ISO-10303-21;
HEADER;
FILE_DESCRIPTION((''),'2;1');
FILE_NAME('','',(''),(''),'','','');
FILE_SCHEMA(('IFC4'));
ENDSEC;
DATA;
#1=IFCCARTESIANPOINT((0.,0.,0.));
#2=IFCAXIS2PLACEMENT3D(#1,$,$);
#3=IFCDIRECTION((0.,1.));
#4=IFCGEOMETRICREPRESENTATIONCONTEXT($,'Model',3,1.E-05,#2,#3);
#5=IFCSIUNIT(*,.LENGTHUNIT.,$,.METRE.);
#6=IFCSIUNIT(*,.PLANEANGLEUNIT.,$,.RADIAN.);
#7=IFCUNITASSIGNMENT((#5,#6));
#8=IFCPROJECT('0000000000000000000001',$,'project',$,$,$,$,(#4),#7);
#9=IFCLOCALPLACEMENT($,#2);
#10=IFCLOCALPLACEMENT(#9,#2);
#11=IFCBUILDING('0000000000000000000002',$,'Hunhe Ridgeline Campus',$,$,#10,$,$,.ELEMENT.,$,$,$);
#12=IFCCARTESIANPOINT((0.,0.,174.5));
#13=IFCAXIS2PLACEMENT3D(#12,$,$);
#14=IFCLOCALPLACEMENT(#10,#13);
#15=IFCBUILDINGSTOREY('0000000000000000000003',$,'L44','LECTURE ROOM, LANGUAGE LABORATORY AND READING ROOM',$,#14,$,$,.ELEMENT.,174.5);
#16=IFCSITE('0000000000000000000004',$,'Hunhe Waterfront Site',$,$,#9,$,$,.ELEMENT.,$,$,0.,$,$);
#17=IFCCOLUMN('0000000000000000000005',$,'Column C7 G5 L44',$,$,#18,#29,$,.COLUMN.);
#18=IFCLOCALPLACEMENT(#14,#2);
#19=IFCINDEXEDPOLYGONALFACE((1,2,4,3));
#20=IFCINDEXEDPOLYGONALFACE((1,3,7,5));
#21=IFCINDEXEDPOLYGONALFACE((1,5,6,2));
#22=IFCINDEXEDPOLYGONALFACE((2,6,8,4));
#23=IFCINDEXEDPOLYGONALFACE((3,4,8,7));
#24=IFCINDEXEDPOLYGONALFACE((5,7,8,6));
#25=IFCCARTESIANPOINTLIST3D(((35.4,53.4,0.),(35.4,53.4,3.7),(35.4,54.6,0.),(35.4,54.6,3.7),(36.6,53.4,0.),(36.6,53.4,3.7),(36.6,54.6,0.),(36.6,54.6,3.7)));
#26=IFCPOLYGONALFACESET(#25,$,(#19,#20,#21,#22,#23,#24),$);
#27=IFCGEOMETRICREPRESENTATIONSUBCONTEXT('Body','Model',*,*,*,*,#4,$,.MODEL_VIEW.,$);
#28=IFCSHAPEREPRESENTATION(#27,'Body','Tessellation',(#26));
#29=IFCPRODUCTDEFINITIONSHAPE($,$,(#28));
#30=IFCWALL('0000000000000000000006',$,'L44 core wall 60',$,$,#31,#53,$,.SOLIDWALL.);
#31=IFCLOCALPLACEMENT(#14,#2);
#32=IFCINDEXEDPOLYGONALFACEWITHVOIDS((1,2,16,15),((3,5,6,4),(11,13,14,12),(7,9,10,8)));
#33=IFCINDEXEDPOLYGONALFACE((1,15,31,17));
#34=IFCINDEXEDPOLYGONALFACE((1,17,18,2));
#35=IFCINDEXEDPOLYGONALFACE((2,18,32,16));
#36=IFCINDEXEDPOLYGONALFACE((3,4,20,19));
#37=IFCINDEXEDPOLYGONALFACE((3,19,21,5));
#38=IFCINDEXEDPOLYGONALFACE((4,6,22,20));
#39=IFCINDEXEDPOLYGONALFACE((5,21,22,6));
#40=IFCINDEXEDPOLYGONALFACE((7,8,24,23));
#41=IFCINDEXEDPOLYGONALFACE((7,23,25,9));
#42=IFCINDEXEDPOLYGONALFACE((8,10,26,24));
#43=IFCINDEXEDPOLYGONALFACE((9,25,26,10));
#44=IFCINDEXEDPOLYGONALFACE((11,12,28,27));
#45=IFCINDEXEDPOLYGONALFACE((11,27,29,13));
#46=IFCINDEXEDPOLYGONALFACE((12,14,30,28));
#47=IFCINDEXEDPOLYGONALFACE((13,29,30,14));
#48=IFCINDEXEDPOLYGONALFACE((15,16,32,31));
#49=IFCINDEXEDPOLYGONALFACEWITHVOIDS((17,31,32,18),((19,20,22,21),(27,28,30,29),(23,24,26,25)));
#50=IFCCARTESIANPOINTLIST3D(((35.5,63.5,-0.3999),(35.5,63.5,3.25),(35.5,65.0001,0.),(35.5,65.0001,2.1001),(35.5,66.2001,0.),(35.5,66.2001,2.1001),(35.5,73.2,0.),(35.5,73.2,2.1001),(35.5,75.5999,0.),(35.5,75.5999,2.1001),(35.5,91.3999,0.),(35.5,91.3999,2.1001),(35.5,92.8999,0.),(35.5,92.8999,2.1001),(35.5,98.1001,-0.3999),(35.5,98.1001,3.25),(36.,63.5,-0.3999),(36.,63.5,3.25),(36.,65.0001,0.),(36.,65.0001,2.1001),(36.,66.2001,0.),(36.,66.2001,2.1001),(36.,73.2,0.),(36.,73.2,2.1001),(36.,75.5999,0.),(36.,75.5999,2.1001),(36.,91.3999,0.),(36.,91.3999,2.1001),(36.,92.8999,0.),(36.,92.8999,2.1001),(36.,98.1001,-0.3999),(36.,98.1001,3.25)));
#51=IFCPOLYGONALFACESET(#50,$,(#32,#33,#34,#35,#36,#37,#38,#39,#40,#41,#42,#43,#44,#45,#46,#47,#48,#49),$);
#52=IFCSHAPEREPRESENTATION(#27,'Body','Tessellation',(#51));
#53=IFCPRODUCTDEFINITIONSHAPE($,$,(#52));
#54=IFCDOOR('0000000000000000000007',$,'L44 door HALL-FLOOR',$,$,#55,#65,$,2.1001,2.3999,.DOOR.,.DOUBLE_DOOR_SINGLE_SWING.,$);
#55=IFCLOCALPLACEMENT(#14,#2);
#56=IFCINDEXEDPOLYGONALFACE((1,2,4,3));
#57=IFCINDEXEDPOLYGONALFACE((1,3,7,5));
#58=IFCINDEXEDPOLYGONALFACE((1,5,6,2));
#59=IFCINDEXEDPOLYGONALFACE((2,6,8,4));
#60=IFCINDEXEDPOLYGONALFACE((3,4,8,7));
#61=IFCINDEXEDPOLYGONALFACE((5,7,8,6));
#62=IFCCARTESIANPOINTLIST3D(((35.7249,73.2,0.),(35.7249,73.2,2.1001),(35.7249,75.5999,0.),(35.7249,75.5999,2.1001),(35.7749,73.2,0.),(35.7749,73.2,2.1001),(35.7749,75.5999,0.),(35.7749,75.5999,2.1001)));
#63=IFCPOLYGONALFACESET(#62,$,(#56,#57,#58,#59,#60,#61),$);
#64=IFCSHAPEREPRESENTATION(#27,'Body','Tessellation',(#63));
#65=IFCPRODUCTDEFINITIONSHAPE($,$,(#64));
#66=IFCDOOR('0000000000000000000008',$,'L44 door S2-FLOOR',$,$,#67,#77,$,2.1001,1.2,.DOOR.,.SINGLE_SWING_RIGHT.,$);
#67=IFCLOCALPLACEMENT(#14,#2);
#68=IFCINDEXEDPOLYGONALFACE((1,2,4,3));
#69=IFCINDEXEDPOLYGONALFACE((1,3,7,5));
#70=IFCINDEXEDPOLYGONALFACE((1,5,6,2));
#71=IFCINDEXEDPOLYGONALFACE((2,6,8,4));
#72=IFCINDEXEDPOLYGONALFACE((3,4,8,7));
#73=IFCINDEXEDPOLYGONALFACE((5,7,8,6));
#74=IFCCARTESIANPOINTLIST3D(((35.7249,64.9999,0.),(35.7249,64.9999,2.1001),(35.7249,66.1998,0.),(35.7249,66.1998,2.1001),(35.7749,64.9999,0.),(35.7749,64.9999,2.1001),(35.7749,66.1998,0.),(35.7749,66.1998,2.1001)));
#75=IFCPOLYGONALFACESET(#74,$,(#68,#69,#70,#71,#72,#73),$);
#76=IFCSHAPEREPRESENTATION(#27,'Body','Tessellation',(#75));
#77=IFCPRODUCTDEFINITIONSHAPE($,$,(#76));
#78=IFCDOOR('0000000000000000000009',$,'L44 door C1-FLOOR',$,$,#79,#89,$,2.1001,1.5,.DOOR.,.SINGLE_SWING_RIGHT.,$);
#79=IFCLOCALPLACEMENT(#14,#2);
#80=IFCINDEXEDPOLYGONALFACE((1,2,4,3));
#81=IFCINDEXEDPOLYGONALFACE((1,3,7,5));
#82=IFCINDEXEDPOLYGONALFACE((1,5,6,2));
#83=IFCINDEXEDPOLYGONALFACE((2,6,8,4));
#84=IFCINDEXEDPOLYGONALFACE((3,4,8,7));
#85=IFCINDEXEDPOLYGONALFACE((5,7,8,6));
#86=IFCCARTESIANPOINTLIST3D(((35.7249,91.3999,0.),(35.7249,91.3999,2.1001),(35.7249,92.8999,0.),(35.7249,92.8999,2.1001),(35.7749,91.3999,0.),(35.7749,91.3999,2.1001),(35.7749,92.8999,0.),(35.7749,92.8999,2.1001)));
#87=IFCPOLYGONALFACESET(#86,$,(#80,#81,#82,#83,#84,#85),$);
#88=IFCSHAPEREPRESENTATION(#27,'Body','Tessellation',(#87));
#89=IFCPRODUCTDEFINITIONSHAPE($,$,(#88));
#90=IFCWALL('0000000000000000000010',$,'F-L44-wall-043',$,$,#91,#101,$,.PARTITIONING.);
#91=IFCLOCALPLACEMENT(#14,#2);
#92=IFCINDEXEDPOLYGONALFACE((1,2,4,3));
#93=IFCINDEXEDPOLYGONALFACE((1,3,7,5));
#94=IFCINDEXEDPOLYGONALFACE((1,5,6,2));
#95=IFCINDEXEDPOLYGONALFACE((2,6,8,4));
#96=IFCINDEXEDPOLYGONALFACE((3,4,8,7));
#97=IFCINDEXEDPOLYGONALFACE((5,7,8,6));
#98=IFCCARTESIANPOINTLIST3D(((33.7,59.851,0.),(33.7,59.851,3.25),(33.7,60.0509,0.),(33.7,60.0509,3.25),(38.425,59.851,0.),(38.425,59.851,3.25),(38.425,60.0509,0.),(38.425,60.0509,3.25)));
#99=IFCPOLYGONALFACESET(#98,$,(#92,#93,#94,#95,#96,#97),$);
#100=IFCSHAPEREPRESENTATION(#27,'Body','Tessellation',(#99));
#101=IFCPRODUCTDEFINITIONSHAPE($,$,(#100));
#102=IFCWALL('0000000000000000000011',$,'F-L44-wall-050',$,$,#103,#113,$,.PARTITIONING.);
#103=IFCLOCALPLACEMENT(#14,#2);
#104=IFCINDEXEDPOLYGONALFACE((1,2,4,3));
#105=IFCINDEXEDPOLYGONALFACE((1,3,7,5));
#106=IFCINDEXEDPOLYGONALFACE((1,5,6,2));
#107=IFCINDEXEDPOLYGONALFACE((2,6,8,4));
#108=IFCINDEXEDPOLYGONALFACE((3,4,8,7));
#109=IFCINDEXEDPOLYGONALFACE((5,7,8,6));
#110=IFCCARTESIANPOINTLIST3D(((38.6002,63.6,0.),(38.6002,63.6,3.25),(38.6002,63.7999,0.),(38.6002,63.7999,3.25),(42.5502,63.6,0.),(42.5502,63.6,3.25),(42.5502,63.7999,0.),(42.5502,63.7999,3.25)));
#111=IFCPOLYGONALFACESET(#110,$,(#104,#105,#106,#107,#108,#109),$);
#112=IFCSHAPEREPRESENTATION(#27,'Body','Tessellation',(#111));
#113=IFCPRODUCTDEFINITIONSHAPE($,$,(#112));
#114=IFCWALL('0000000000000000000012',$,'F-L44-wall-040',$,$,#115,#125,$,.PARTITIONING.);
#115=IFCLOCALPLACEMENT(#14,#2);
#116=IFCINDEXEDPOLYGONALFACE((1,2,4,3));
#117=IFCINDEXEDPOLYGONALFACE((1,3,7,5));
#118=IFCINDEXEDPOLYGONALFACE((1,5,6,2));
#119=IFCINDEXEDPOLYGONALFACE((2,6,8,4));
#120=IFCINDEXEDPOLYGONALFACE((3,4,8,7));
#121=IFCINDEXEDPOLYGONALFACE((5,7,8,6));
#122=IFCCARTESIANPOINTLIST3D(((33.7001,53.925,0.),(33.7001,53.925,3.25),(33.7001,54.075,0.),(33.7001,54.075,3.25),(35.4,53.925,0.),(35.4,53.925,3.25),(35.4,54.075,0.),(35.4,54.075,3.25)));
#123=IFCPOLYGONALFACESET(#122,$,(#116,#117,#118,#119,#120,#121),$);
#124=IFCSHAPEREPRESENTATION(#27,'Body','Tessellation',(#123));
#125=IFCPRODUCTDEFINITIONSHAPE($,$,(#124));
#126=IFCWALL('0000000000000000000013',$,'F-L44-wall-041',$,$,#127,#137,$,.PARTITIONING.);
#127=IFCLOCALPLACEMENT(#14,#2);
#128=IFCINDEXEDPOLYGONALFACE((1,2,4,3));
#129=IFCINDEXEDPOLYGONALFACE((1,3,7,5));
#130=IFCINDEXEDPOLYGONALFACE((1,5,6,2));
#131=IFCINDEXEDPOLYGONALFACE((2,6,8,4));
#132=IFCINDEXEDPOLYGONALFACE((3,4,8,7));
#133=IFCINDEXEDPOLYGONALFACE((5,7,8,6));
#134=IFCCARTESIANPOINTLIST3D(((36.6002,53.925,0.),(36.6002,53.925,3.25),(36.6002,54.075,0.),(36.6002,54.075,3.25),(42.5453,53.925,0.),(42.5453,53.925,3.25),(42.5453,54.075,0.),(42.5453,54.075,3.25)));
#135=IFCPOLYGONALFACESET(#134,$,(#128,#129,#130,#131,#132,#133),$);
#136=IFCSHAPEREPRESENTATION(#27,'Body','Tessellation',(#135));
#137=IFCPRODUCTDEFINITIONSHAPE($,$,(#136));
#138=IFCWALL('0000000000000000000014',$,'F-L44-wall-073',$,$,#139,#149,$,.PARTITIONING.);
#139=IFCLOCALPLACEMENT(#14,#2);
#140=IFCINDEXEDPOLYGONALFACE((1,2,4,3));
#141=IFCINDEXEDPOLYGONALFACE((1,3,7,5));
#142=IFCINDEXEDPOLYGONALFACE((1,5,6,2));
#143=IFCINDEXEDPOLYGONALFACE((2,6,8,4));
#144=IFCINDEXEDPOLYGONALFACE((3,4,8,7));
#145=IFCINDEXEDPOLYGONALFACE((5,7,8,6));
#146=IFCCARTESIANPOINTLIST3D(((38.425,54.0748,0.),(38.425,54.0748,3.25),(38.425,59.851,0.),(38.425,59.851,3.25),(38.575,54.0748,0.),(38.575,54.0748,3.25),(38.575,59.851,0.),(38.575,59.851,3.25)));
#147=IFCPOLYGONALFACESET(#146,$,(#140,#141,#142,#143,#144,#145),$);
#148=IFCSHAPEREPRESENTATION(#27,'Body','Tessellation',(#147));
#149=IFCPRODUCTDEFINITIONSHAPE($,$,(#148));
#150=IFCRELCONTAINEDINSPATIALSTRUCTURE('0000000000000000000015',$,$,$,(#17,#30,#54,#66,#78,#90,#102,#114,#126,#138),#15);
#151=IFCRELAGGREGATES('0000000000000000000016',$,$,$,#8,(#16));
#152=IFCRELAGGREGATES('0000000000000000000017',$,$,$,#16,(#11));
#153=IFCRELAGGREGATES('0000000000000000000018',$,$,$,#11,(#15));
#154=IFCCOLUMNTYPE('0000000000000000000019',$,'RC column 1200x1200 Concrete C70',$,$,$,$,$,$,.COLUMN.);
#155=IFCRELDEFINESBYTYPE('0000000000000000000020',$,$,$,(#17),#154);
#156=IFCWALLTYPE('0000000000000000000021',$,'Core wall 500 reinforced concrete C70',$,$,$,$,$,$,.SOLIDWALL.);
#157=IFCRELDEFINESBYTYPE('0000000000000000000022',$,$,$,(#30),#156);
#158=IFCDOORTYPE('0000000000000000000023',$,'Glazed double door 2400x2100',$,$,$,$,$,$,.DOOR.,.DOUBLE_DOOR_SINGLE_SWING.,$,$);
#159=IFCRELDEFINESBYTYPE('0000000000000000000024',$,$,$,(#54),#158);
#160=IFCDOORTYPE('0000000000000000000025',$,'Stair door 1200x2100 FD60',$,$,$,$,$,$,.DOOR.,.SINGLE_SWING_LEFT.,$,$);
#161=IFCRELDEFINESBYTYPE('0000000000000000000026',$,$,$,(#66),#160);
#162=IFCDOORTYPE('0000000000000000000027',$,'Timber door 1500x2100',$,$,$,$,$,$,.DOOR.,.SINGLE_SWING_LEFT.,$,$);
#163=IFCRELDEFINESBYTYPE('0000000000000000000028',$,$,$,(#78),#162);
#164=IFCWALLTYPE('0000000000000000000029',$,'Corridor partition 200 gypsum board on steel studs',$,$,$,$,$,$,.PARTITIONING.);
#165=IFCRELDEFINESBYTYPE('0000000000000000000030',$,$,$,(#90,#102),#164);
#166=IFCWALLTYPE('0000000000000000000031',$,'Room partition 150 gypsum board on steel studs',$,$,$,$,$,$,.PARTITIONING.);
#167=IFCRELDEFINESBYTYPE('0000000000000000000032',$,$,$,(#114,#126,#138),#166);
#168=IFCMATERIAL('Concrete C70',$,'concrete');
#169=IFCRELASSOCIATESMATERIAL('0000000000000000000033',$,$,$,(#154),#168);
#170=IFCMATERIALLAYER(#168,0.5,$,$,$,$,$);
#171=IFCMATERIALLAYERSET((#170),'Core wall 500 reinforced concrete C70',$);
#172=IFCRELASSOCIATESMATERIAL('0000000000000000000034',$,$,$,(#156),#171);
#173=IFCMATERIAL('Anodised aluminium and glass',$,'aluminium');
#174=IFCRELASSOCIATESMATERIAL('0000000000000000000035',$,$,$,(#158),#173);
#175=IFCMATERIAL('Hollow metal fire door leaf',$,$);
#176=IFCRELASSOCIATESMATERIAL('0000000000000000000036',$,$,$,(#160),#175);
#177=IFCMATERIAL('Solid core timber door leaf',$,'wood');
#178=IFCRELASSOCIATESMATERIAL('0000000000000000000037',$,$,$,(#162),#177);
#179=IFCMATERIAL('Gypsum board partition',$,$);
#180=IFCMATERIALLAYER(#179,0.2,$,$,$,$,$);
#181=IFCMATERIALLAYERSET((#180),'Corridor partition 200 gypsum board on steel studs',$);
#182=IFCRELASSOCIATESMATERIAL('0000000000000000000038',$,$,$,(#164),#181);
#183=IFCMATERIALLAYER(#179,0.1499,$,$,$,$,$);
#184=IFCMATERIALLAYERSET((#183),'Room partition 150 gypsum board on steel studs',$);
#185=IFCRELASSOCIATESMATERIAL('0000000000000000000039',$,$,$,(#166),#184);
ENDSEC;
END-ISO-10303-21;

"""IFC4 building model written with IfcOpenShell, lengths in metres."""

from ifc_helpers import new_model, si_unit, direction, frame, frame_2d, origin, origin_2d, place, context, subcontext, project, spatial, rectangle, extrude, material, layer, layer_set, material_profile, profile_set, type_object, element, fill, save


model = new_model("IFC4")

# Units and contexts
model_context = context("Model", 3, precision=1e-05, world=origin(), true_north=direction((0.0, 1.0)))
body_context = subcontext(model_context, "Body", "Model", "MODEL_VIEW")
ifc_project = project(units=[si_unit("LENGTHUNIT", "METRE"), si_unit("PLANEANGLEUNIT", "RADIAN")], contexts=[model_context])

# Site, building, storey
site_placement = place(None, origin())
site = spatial("IfcSite", under=ifc_project, at=site_placement, Name="Hunhe Waterfront Site", CompositionType="ELEMENT", RefElevation=0.0)
building_placement = place(site_placement, origin())
building = spatial("IfcBuilding", under=site, at=building_placement, Name="Hunhe Ridgeline Campus", CompositionType="ELEMENT")
storey_placement = place(building_placement, frame((0.0, 0.0, 174.5)))
storey = spatial("IfcBuildingStorey", under=building, at=storey_placement, Name="L44", Description="LECTURE ROOM, LANGUAGE LABORATORY AND READING ROOM", CompositionType="ELEMENT", Elevation=174.5)

# Column
ifc_material_1 = material(Name="Concrete C70", Category="concrete")
ifc_material_profile = material_profile(ifc_material_1, rectangle(XDim=1.2, YDim=1.2, at=origin_2d()))
ifc_profile_set = profile_set([ifc_material_profile], Name="Concrete C70")
column_type = type_object("IfcColumnType", Name="RC column 1200x1200 Concrete C70", PredefinedType="COLUMN", material=ifc_profile_set)
column_placement = place(storey_placement, frame((36.0, 54.0, 0.0), z_axis=(0.0, 0.0, 1.0), x_axis=(1.0, 0.0, 0.0)))
element("IfcColumn", 1, at=column_placement, inside=storey, type_object=column_type, Name="Column C7 G5 L44", PredefinedType="COLUMN", context=body_context, shape_type="SweptSolid", body=[
    extrude(rectangle(XDim=1.2, YDim=1.2, at=origin_2d()), origin(), (0.0, 0.0, 1.0), 3.7),
])

# Wall, openings, doors
ifc_layer_1 = layer(ifc_material_1, 0.5)
ifc_layer_set_1 = layer_set([ifc_layer_1], Name="Core wall 500 reinforced concrete C70")
wall_type_1 = type_object("IfcWallType", Name="Core wall 500 reinforced concrete C70", PredefinedType="SOLIDWALL", material=ifc_layer_set_1)
wall_1_placement = place(storey_placement, frame((35.75, 63.5, -0.3999), z_axis=(0.0, 0.0, 1.0), x_axis=(0.0, 1.0, 0.0)))
wall_1 = element("IfcWall", 2, at=wall_1_placement, inside=storey, type_object=wall_type_1, Name="L44 core wall 60", PredefinedType="SOLIDWALL", context=body_context, shape_type="SweptSolid", body=[
    extrude(rectangle(XDim=34.6001, YDim=0.5, at=frame_2d((17.3, 0.0))), origin(), (0.0, 0.0, 1.0), 3.6499),
])
opening_1_placement = place(wall_1_placement, frame((9.7, 0.0, 0.3999)))
opening_1 = element("IfcOpeningElement", 3, at=opening_1_placement, cuts=wall_1, PredefinedType="OPENING", context=body_context, shape_type="SweptSolid", body=[
    extrude(rectangle(XDim=2.3999, YDim=2.1001, at=frame_2d((1.2, 1.05))), frame((0.0, 0.25, 0.0), z_axis=(0.0, -1.0, 0.0), x_axis=(1.0, 0.0, 0.0)), (0.0, 0.0, 1.0), 0.5),
])
opening_2_placement = place(wall_1_placement, frame((27.8999, 0.0, 0.3999)))
opening_2 = element("IfcOpeningElement", 4, at=opening_2_placement, cuts=wall_1, PredefinedType="OPENING", context=body_context, shape_type="SweptSolid", body=[
    extrude(rectangle(XDim=1.5, YDim=2.1001, at=frame_2d((0.75, 1.05))), frame((0.0, 0.25, 0.0), z_axis=(0.0, -1.0, 0.0), x_axis=(1.0, 0.0, 0.0)), (0.0, 0.0, 1.0), 0.5),
])
opening_3_placement = place(wall_1_placement, frame((1.5, 0.0, 0.3999)))
opening_3 = element("IfcOpeningElement", 5, at=opening_3_placement, cuts=wall_1, PredefinedType="OPENING", context=body_context, shape_type="SweptSolid", body=[
    extrude(rectangle(XDim=1.2, YDim=2.1001, at=frame_2d((0.6001, 1.05))), frame((0.0, 0.25, 0.0), z_axis=(0.0, -1.0, 0.0), x_axis=(1.0, 0.0, 0.0)), (0.0, 0.0, 1.0), 0.5),
])
ifc_material_2 = material(Name="Anodised aluminium and glass", Category="aluminium")
door_type_1 = type_object("IfcDoorType", Name="Glazed double door 2400x2100", OperationType="DOUBLE_DOOR_SINGLE_SWING", PredefinedType="DOOR", material=ifc_material_2)
door_1_placement = place(opening_1_placement, frame((2.3999, 0.0, 0.0), z_axis=(0.0, 0.0, 1.0), x_axis=(-1.0, 0.0, 0.0)))
door_1 = element("IfcDoor", 6, at=door_1_placement, inside=storey, type_object=door_type_1, Name="L44 door HALL-FLOOR", OperationType="DOUBLE_DOOR_SINGLE_SWING", OverallHeight=2.1001, OverallWidth=2.3999, PredefinedType="DOOR", context=body_context, shape_type="SweptSolid", body=[
    extrude(rectangle(XDim=2.3999, YDim=2.1001, at=frame_2d((1.2, 1.05))), frame((0.0, 0.0249, 0.0), z_axis=(0.0, -1.0, 0.0), x_axis=(1.0, 0.0, 0.0)), (0.0, 0.0, 1.0), 0.05),
])
fill(opening_1, door_1)
ifc_material_3 = material(Name="Hollow metal fire door leaf")
door_type_2 = type_object("IfcDoorType", Name="Stair door 1200x2100 FD60", OperationType="SINGLE_SWING_LEFT", PredefinedType="DOOR", material=ifc_material_3)
door_2_placement = place(opening_3_placement, frame((1.2, 0.0, 0.0), z_axis=(0.0, 0.0, 1.0), x_axis=(-1.0, 0.0, 0.0)))
door_2 = element("IfcDoor", 7, at=door_2_placement, inside=storey, type_object=door_type_2, Name="L44 door S2-FLOOR", OperationType="SINGLE_SWING_RIGHT", OverallHeight=2.1001, OverallWidth=1.2, PredefinedType="DOOR", context=body_context, shape_type="SweptSolid", body=[
    extrude(rectangle(XDim=1.2, YDim=2.1001, at=frame_2d((0.6001, 1.05))), frame((0.0, 0.0249, 0.0), z_axis=(0.0, -1.0, 0.0), x_axis=(1.0, 0.0, 0.0)), (0.0, 0.0, 1.0), 0.05),
])
fill(opening_3, door_2)
ifc_material_4 = material(Name="Solid core timber door leaf", Category="wood")
door_type_3 = type_object("IfcDoorType", Name="Timber door 1500x2100", OperationType="SINGLE_SWING_LEFT", PredefinedType="DOOR", material=ifc_material_4)
door_3_placement = place(opening_2_placement, frame((1.5, 0.0, 0.0), z_axis=(0.0, 0.0, 1.0), x_axis=(-1.0, 0.0, 0.0)))
door_3 = element("IfcDoor", 8, at=door_3_placement, inside=storey, type_object=door_type_3, Name="L44 door C1-FLOOR", OperationType="SINGLE_SWING_RIGHT", OverallHeight=2.1001, OverallWidth=1.5, PredefinedType="DOOR", context=body_context, shape_type="SweptSolid", body=[
    extrude(rectangle(XDim=1.5, YDim=2.1001, at=frame_2d((0.75, 1.05))), frame((0.0, 0.0249, 0.0), z_axis=(0.0, -1.0, 0.0), x_axis=(1.0, 0.0, 0.0)), (0.0, 0.0, 1.0), 0.05),
])
fill(opening_2, door_3)

# Wall
ifc_material_5 = material(Name="Gypsum board partition")
ifc_layer_2 = layer(ifc_material_5, 0.2)
ifc_layer_set_2 = layer_set([ifc_layer_2], Name="Corridor partition 200 gypsum board on steel studs")
wall_type_2 = type_object("IfcWallType", Name="Corridor partition 200 gypsum board on steel studs", PredefinedType="PARTITIONING", material=ifc_layer_set_2)
wall_2_placement = place(storey_placement, frame((38.425, 59.9509, 0.0), z_axis=(0.0, 0.0, 1.0), x_axis=(-1.0, 0.0, 0.0)))
element("IfcWall", 9, at=wall_2_placement, inside=storey, type_object=wall_type_2, Name="F-L44-wall-043", PredefinedType="PARTITIONING", context=body_context, shape_type="SweptSolid", body=[
    extrude(rectangle(XDim=4.7251, YDim=0.2, at=frame_2d((2.3625, 0.0))), origin(), (0.0, 0.0, 1.0), 3.25),
])

# Wall
wall_3_placement = place(storey_placement, frame((38.6001, 63.7, 0.0), z_axis=(0.0, 0.0, 1.0), x_axis=(1.0, 0.0, 0.0)))
element("IfcWall", 10, at=wall_3_placement, inside=storey, type_object=wall_type_2, Name="F-L44-wall-050", PredefinedType="PARTITIONING", context=body_context, shape_type="SweptSolid", body=[
    extrude(rectangle(XDim=3.95, YDim=0.2, at=frame_2d((1.9751, 0.0))), origin(), (0.0, 0.0, 1.0), 3.25),
])

# Walls
ifc_layer_3 = layer(ifc_material_5, 0.1499)
ifc_layer_set_3 = layer_set([ifc_layer_3], Name="Room partition 150 gypsum board on steel studs")
wall_type_3 = type_object("IfcWallType", Name="Room partition 150 gypsum board on steel studs", PredefinedType="PARTITIONING", material=ifc_layer_set_3)
wall_4_placement = place(storey_placement, frame((33.7, 54.0, 0.0), z_axis=(0.0, 0.0, 1.0), x_axis=(1.0, 0.0, 0.0)))
element("IfcWall", 11, at=wall_4_placement, inside=storey, type_object=wall_type_3, Name="F-L44-wall-040", PredefinedType="PARTITIONING", context=body_context, shape_type="SweptSolid", body=[
    extrude(rectangle(XDim=1.7, YDim=0.1499, at=frame_2d((0.8501, 0.0))), origin(), (0.0, 0.0, 1.0), 3.25),
])
wall_5_placement = place(storey_placement, frame((36.6001, 54.0, 0.0), z_axis=(0.0, 0.0, 1.0), x_axis=(1.0, 0.0, 0.0)))
element("IfcWall", 12, at=wall_5_placement, inside=storey, type_object=wall_type_3, Name="F-L44-wall-041", PredefinedType="PARTITIONING", context=body_context, shape_type="SweptSolid", body=[
    extrude(rectangle(XDim=5.9451, YDim=0.1499, at=frame_2d((2.9727, 0.0))), origin(), (0.0, 0.0, 1.0), 3.25),
])
wall_6_placement = place(storey_placement, frame((38.5, 59.8511, 0.0), z_axis=(0.0, 0.0, 1.0), x_axis=(0.0, -1.0, 0.0)))
element("IfcWall", 13, at=wall_6_placement, inside=storey, type_object=wall_type_3, Name="F-L44-wall-073", PredefinedType="PARTITIONING", context=body_context, shape_type="SweptSolid", body=[
    extrude(rectangle(XDim=5.7761, YDim=0.1499, at=frame_2d((2.8882, 0.0))), origin(), (0.0, 0.0, 1.0), 3.25),
])

save(model, "model.ifc")
